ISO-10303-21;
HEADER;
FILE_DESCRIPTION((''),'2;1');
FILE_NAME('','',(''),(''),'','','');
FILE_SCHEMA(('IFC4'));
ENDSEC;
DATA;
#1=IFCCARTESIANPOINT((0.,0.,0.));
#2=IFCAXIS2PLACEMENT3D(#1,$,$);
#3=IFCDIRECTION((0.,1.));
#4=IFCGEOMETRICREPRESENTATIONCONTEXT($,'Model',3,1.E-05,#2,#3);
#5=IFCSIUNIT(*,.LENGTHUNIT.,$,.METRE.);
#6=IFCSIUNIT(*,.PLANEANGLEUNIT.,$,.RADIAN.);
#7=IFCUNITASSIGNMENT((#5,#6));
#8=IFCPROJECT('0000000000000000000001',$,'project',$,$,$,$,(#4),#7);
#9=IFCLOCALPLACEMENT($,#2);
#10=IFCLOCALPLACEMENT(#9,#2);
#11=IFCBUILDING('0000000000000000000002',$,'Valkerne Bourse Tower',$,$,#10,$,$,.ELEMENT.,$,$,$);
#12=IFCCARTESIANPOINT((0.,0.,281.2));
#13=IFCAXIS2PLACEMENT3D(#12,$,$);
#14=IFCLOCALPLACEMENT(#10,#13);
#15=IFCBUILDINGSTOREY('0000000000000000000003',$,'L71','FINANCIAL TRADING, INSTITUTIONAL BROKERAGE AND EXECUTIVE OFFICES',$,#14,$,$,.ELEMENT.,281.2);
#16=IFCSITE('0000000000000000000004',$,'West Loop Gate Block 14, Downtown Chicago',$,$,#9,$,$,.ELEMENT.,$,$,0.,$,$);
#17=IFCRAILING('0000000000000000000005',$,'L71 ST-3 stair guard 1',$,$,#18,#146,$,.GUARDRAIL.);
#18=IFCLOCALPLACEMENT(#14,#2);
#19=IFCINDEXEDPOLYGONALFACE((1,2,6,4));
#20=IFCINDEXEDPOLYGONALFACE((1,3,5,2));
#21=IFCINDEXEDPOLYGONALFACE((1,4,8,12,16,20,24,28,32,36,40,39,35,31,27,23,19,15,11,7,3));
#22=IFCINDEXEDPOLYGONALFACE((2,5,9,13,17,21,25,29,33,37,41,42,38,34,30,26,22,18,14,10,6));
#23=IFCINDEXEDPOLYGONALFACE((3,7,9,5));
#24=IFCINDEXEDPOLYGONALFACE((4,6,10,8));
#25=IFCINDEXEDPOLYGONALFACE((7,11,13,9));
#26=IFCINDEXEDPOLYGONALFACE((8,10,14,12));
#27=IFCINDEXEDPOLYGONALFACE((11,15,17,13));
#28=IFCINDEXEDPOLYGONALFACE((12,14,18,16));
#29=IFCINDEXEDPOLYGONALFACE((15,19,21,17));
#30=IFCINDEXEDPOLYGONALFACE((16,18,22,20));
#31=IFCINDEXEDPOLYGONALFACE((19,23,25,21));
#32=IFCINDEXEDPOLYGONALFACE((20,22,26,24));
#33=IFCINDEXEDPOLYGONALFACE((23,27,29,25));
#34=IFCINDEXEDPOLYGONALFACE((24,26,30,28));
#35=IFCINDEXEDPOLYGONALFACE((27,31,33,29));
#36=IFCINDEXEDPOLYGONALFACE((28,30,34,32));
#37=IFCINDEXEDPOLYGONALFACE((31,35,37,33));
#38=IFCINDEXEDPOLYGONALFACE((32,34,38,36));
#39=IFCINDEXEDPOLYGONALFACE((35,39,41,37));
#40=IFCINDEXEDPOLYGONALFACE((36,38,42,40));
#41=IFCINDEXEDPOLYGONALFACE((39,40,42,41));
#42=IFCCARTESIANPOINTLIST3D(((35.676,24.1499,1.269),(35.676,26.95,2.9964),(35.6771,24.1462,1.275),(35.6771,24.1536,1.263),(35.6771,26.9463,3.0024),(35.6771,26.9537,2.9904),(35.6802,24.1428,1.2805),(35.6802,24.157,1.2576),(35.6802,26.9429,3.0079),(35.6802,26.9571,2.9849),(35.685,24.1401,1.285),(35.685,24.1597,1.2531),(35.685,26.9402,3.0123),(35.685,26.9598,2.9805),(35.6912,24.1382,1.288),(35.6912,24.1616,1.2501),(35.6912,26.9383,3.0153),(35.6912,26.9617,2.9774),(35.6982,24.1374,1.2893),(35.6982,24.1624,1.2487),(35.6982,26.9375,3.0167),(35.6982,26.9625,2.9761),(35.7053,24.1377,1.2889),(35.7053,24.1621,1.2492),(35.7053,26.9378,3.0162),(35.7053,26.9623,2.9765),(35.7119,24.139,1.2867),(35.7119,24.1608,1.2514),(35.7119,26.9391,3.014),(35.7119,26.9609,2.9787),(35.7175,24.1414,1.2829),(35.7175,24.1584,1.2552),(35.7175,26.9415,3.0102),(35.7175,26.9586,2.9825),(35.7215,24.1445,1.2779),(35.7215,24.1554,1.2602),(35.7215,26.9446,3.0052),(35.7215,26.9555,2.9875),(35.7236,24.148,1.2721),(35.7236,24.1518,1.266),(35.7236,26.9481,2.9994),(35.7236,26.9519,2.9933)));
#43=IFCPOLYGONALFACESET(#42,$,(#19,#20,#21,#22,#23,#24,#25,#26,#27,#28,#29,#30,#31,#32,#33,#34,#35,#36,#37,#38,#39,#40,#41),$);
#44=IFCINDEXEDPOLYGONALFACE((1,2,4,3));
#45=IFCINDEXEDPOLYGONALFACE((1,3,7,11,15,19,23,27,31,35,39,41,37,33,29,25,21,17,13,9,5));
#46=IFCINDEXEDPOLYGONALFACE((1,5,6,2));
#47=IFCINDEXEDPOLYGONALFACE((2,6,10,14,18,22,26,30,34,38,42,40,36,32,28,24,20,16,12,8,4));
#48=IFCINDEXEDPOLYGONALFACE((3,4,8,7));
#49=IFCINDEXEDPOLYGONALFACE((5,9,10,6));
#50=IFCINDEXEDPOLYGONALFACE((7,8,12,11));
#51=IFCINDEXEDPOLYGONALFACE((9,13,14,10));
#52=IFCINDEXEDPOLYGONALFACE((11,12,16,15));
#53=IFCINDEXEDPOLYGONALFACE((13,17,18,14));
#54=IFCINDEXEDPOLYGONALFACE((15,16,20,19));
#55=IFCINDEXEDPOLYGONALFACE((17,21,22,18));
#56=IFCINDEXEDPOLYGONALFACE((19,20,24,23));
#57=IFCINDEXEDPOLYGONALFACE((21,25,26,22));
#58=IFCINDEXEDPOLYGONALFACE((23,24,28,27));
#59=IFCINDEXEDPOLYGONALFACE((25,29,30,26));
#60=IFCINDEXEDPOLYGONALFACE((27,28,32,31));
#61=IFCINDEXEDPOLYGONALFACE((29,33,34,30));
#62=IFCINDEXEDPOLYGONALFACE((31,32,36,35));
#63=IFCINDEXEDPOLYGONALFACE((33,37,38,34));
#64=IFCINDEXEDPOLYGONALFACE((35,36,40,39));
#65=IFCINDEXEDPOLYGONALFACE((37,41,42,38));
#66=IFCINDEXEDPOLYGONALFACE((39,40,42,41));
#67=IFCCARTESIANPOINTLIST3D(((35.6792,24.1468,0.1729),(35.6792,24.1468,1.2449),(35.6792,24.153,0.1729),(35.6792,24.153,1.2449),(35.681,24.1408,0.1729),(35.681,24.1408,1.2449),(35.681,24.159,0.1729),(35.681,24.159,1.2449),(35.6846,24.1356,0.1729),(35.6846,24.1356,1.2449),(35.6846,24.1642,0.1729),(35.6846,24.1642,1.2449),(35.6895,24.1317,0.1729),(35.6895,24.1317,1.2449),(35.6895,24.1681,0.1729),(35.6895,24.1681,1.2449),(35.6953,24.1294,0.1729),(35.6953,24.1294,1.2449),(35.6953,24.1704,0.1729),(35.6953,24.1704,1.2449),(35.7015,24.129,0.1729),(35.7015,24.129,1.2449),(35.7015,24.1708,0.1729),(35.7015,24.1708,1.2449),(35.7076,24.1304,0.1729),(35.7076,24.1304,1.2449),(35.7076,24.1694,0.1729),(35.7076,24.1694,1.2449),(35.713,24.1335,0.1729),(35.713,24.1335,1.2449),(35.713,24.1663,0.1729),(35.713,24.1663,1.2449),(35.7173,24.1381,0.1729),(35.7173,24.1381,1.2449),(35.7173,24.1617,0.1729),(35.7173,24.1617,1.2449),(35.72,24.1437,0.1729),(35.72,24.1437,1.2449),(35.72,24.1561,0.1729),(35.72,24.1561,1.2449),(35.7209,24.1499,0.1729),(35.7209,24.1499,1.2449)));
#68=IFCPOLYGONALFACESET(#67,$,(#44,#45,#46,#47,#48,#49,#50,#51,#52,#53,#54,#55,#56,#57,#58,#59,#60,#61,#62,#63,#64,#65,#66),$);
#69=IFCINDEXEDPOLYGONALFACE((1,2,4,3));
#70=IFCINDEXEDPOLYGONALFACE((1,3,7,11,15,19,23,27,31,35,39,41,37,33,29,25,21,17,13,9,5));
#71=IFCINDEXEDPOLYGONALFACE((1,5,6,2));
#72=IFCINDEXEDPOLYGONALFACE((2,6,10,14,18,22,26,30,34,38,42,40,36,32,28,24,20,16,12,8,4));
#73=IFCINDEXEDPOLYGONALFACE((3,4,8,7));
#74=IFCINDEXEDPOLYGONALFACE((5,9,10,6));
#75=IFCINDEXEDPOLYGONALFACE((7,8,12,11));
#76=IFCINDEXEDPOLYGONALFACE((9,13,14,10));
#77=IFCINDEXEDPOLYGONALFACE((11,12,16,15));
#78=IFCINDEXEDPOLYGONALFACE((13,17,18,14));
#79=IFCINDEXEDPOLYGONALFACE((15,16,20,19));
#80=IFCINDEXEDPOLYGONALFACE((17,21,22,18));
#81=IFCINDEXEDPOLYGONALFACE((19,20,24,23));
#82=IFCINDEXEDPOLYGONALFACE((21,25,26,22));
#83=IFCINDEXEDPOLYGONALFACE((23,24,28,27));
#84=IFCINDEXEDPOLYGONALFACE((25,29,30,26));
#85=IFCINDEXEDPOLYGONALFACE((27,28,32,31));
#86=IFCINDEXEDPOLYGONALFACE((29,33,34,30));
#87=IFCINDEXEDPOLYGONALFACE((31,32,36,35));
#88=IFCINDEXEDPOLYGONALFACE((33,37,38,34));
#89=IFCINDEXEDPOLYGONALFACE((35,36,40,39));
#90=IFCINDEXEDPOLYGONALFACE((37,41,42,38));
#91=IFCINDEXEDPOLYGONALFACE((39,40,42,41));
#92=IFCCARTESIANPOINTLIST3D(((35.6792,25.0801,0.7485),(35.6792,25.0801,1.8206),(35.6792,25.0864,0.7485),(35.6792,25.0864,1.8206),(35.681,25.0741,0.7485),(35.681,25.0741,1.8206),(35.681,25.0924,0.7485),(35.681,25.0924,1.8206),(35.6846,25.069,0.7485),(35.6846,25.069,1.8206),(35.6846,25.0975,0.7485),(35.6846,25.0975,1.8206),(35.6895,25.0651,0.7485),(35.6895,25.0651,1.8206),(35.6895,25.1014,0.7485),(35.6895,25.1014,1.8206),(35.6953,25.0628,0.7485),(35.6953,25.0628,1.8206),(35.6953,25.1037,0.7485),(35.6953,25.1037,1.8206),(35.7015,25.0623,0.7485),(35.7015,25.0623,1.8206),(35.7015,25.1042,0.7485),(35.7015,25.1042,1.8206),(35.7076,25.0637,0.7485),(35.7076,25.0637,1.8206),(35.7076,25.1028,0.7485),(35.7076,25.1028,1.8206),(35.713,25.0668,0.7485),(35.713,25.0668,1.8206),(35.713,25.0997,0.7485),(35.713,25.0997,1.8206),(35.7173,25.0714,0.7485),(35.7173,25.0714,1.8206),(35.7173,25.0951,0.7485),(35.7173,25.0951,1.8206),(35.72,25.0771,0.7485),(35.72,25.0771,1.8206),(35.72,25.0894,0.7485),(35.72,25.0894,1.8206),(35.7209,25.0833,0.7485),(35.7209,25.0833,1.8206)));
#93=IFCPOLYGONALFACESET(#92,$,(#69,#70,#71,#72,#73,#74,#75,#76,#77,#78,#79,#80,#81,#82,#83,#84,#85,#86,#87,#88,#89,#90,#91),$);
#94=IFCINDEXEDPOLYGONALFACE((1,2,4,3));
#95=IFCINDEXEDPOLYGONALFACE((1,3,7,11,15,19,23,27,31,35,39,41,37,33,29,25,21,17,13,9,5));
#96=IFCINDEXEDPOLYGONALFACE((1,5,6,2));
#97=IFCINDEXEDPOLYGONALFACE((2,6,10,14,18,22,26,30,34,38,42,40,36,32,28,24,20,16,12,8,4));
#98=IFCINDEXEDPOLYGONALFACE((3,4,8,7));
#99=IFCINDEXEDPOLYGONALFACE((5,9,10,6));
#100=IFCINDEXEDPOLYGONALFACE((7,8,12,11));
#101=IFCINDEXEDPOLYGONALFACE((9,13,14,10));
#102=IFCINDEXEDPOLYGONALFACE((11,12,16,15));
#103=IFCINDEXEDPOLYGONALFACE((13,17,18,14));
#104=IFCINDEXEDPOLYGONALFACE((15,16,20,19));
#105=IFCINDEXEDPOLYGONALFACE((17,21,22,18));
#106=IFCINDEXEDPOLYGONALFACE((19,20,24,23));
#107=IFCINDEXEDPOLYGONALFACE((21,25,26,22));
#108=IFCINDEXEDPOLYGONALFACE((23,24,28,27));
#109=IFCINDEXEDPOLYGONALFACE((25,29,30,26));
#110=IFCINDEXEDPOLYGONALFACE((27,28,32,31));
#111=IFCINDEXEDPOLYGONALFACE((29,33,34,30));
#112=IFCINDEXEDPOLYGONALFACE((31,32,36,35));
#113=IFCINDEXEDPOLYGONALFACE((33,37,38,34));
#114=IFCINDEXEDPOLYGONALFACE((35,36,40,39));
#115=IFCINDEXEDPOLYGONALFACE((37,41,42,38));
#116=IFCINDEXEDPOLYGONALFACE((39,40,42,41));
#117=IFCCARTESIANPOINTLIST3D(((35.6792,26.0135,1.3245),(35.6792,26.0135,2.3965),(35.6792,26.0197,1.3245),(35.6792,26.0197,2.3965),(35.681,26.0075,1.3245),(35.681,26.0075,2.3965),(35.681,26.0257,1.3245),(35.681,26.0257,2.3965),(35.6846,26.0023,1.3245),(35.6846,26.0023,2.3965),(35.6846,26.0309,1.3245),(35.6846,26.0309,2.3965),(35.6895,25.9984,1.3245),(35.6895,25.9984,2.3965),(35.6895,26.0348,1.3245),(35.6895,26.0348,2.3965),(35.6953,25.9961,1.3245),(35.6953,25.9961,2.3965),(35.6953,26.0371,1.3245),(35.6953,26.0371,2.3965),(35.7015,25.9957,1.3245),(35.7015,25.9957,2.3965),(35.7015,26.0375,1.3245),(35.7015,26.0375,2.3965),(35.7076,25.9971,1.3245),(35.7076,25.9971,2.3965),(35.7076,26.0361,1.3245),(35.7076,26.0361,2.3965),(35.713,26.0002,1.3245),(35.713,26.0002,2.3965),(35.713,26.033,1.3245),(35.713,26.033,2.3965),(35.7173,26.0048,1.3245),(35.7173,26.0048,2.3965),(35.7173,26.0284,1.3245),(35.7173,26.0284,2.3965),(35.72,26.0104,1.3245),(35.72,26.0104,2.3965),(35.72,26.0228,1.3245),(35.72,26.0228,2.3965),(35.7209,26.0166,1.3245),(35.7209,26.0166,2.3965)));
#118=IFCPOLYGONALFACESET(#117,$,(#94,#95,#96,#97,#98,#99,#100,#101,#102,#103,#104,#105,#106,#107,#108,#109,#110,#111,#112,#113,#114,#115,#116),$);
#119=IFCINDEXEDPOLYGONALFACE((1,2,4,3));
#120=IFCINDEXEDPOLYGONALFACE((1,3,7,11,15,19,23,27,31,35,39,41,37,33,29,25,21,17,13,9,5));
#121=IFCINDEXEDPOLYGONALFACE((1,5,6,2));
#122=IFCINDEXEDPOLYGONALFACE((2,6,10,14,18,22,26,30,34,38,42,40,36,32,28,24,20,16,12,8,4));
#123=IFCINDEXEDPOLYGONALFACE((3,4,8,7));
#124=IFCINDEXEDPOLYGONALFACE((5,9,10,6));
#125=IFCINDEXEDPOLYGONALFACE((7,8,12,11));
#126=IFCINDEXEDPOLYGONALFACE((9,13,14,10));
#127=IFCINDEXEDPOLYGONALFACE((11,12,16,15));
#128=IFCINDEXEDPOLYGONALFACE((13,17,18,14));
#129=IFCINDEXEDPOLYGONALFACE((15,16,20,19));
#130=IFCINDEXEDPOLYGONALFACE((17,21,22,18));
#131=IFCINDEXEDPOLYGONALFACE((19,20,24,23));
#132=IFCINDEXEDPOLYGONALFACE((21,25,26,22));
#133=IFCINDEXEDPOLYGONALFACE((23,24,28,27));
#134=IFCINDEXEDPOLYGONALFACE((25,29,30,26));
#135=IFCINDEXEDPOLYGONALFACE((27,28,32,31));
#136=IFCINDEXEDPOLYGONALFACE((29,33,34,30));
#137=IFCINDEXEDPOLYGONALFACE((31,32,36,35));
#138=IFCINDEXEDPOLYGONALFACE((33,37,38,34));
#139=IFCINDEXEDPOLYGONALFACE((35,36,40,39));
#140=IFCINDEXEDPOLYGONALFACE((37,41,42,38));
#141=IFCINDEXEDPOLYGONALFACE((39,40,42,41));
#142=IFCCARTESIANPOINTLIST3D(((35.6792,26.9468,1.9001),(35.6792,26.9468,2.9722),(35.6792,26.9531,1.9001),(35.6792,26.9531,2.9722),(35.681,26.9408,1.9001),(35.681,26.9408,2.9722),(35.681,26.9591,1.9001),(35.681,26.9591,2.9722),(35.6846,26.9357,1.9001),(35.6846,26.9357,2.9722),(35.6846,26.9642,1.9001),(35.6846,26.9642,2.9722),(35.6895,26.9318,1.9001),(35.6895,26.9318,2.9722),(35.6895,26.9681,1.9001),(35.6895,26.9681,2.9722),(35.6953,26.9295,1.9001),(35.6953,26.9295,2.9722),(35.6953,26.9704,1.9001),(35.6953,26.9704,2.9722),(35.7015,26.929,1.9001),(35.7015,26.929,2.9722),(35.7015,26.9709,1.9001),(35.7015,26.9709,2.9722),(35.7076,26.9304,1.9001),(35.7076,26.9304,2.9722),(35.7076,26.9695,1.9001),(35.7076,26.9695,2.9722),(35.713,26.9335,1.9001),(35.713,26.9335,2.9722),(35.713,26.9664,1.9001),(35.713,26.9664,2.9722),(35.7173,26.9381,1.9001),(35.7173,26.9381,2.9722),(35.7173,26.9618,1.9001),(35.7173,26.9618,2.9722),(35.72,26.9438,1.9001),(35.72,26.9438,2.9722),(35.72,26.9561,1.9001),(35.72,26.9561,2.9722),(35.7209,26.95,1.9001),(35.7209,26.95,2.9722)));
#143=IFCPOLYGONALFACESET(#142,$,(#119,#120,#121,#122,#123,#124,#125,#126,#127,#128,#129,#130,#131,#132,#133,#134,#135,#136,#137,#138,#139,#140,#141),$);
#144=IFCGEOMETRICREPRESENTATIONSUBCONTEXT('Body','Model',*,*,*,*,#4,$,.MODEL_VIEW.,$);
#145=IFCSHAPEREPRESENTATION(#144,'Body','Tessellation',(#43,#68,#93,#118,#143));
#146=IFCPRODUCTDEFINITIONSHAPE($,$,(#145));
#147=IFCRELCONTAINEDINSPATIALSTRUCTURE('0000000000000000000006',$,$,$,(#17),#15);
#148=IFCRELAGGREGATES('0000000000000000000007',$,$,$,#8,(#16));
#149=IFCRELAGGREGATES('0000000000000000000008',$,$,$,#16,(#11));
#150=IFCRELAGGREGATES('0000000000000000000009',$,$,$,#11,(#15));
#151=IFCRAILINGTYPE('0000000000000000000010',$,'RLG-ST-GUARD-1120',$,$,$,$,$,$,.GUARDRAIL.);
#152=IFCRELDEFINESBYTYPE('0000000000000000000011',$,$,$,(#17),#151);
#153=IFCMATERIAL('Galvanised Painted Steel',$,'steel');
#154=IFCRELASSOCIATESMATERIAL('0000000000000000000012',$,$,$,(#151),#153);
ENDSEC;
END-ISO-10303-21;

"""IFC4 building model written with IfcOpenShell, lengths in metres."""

from ifc_helpers import new_model, si_unit, direction, frame, origin, origin_2d, place, context, subcontext, project, spatial, circle, extrude, material, type_object, element, save


model = new_model("IFC4")

# Units and contexts
model_context = context("Model", 3, precision=1e-05, world=origin(), true_north=direction((0.0, 1.0)))
body_context = subcontext(model_context, "Body", "Model", "MODEL_VIEW")
ifc_project = project(units=[si_unit("LENGTHUNIT", "METRE"), si_unit("PLANEANGLEUNIT", "RADIAN")], contexts=[model_context])

# Site, building, storey
site_placement = place(None, origin())
site = spatial("IfcSite", under=ifc_project, at=site_placement, Name="West Loop Gate Block 14, Downtown Chicago", CompositionType="ELEMENT", RefElevation=0.0)
building_placement = place(site_placement, origin())
building = spatial("IfcBuilding", under=site, at=building_placement, Name="Valkerne Bourse Tower", CompositionType="ELEMENT")
storey_placement = place(building_placement, frame((0.0, 0.0, 281.2)))
storey = spatial("IfcBuildingStorey", under=building, at=storey_placement, Name="L71", Description="FINANCIAL TRADING, INSTITUTIONAL BROKERAGE AND EXECUTIVE OFFICES", CompositionType="ELEMENT", Elevation=281.2)

# Railing
ifc_material_1 = material(Name="Galvanised Painted Steel", Category="steel")
railing_type_1 = type_object("IfcRailingType", Name="RLG-ST-GUARD-1120", PredefinedType="GUARDRAIL", material=ifc_material_1)
railing_1_placement = place(storey_placement, frame((35.7, 24.1499, 0.1729)))
element("IfcRailing", 1, at=railing_1_placement, inside=storey, type_object=railing_type_1, Name="L71 ST-3 stair guard 1", PredefinedType="GUARDRAIL", context=body_context, shape_type="SweptSolid", body=[
    extrude(circle(Radius=0.0239, at=origin_2d()), frame((0.0, 0.0, 1.0962), z_axis=(0.0, 0.85109, 0.52502), x_axis=(-1.0, 0.0, 0.0)), (0.0, 0.0, 1.0), 3.29),
    extrude(circle(Radius=0.021, at=origin_2d()), origin(), (0.0, 0.0, 1.0), 1.072),
    extrude(circle(Radius=0.021, at=origin_2d()), frame((0.0, 0.9333, 0.5757)), (0.0, 0.0, 1.0), 1.072),
    extrude(circle(Radius=0.021, at=origin_2d()), frame((0.0, 1.8667, 1.1516)), (0.0, 0.0, 1.0), 1.072),
    extrude(circle(Radius=0.021, at=origin_2d()), frame((0.0, 2.8, 1.7273)), (0.0, 0.0, 1.0), 1.072),
])

save(model, "model.ifc")
